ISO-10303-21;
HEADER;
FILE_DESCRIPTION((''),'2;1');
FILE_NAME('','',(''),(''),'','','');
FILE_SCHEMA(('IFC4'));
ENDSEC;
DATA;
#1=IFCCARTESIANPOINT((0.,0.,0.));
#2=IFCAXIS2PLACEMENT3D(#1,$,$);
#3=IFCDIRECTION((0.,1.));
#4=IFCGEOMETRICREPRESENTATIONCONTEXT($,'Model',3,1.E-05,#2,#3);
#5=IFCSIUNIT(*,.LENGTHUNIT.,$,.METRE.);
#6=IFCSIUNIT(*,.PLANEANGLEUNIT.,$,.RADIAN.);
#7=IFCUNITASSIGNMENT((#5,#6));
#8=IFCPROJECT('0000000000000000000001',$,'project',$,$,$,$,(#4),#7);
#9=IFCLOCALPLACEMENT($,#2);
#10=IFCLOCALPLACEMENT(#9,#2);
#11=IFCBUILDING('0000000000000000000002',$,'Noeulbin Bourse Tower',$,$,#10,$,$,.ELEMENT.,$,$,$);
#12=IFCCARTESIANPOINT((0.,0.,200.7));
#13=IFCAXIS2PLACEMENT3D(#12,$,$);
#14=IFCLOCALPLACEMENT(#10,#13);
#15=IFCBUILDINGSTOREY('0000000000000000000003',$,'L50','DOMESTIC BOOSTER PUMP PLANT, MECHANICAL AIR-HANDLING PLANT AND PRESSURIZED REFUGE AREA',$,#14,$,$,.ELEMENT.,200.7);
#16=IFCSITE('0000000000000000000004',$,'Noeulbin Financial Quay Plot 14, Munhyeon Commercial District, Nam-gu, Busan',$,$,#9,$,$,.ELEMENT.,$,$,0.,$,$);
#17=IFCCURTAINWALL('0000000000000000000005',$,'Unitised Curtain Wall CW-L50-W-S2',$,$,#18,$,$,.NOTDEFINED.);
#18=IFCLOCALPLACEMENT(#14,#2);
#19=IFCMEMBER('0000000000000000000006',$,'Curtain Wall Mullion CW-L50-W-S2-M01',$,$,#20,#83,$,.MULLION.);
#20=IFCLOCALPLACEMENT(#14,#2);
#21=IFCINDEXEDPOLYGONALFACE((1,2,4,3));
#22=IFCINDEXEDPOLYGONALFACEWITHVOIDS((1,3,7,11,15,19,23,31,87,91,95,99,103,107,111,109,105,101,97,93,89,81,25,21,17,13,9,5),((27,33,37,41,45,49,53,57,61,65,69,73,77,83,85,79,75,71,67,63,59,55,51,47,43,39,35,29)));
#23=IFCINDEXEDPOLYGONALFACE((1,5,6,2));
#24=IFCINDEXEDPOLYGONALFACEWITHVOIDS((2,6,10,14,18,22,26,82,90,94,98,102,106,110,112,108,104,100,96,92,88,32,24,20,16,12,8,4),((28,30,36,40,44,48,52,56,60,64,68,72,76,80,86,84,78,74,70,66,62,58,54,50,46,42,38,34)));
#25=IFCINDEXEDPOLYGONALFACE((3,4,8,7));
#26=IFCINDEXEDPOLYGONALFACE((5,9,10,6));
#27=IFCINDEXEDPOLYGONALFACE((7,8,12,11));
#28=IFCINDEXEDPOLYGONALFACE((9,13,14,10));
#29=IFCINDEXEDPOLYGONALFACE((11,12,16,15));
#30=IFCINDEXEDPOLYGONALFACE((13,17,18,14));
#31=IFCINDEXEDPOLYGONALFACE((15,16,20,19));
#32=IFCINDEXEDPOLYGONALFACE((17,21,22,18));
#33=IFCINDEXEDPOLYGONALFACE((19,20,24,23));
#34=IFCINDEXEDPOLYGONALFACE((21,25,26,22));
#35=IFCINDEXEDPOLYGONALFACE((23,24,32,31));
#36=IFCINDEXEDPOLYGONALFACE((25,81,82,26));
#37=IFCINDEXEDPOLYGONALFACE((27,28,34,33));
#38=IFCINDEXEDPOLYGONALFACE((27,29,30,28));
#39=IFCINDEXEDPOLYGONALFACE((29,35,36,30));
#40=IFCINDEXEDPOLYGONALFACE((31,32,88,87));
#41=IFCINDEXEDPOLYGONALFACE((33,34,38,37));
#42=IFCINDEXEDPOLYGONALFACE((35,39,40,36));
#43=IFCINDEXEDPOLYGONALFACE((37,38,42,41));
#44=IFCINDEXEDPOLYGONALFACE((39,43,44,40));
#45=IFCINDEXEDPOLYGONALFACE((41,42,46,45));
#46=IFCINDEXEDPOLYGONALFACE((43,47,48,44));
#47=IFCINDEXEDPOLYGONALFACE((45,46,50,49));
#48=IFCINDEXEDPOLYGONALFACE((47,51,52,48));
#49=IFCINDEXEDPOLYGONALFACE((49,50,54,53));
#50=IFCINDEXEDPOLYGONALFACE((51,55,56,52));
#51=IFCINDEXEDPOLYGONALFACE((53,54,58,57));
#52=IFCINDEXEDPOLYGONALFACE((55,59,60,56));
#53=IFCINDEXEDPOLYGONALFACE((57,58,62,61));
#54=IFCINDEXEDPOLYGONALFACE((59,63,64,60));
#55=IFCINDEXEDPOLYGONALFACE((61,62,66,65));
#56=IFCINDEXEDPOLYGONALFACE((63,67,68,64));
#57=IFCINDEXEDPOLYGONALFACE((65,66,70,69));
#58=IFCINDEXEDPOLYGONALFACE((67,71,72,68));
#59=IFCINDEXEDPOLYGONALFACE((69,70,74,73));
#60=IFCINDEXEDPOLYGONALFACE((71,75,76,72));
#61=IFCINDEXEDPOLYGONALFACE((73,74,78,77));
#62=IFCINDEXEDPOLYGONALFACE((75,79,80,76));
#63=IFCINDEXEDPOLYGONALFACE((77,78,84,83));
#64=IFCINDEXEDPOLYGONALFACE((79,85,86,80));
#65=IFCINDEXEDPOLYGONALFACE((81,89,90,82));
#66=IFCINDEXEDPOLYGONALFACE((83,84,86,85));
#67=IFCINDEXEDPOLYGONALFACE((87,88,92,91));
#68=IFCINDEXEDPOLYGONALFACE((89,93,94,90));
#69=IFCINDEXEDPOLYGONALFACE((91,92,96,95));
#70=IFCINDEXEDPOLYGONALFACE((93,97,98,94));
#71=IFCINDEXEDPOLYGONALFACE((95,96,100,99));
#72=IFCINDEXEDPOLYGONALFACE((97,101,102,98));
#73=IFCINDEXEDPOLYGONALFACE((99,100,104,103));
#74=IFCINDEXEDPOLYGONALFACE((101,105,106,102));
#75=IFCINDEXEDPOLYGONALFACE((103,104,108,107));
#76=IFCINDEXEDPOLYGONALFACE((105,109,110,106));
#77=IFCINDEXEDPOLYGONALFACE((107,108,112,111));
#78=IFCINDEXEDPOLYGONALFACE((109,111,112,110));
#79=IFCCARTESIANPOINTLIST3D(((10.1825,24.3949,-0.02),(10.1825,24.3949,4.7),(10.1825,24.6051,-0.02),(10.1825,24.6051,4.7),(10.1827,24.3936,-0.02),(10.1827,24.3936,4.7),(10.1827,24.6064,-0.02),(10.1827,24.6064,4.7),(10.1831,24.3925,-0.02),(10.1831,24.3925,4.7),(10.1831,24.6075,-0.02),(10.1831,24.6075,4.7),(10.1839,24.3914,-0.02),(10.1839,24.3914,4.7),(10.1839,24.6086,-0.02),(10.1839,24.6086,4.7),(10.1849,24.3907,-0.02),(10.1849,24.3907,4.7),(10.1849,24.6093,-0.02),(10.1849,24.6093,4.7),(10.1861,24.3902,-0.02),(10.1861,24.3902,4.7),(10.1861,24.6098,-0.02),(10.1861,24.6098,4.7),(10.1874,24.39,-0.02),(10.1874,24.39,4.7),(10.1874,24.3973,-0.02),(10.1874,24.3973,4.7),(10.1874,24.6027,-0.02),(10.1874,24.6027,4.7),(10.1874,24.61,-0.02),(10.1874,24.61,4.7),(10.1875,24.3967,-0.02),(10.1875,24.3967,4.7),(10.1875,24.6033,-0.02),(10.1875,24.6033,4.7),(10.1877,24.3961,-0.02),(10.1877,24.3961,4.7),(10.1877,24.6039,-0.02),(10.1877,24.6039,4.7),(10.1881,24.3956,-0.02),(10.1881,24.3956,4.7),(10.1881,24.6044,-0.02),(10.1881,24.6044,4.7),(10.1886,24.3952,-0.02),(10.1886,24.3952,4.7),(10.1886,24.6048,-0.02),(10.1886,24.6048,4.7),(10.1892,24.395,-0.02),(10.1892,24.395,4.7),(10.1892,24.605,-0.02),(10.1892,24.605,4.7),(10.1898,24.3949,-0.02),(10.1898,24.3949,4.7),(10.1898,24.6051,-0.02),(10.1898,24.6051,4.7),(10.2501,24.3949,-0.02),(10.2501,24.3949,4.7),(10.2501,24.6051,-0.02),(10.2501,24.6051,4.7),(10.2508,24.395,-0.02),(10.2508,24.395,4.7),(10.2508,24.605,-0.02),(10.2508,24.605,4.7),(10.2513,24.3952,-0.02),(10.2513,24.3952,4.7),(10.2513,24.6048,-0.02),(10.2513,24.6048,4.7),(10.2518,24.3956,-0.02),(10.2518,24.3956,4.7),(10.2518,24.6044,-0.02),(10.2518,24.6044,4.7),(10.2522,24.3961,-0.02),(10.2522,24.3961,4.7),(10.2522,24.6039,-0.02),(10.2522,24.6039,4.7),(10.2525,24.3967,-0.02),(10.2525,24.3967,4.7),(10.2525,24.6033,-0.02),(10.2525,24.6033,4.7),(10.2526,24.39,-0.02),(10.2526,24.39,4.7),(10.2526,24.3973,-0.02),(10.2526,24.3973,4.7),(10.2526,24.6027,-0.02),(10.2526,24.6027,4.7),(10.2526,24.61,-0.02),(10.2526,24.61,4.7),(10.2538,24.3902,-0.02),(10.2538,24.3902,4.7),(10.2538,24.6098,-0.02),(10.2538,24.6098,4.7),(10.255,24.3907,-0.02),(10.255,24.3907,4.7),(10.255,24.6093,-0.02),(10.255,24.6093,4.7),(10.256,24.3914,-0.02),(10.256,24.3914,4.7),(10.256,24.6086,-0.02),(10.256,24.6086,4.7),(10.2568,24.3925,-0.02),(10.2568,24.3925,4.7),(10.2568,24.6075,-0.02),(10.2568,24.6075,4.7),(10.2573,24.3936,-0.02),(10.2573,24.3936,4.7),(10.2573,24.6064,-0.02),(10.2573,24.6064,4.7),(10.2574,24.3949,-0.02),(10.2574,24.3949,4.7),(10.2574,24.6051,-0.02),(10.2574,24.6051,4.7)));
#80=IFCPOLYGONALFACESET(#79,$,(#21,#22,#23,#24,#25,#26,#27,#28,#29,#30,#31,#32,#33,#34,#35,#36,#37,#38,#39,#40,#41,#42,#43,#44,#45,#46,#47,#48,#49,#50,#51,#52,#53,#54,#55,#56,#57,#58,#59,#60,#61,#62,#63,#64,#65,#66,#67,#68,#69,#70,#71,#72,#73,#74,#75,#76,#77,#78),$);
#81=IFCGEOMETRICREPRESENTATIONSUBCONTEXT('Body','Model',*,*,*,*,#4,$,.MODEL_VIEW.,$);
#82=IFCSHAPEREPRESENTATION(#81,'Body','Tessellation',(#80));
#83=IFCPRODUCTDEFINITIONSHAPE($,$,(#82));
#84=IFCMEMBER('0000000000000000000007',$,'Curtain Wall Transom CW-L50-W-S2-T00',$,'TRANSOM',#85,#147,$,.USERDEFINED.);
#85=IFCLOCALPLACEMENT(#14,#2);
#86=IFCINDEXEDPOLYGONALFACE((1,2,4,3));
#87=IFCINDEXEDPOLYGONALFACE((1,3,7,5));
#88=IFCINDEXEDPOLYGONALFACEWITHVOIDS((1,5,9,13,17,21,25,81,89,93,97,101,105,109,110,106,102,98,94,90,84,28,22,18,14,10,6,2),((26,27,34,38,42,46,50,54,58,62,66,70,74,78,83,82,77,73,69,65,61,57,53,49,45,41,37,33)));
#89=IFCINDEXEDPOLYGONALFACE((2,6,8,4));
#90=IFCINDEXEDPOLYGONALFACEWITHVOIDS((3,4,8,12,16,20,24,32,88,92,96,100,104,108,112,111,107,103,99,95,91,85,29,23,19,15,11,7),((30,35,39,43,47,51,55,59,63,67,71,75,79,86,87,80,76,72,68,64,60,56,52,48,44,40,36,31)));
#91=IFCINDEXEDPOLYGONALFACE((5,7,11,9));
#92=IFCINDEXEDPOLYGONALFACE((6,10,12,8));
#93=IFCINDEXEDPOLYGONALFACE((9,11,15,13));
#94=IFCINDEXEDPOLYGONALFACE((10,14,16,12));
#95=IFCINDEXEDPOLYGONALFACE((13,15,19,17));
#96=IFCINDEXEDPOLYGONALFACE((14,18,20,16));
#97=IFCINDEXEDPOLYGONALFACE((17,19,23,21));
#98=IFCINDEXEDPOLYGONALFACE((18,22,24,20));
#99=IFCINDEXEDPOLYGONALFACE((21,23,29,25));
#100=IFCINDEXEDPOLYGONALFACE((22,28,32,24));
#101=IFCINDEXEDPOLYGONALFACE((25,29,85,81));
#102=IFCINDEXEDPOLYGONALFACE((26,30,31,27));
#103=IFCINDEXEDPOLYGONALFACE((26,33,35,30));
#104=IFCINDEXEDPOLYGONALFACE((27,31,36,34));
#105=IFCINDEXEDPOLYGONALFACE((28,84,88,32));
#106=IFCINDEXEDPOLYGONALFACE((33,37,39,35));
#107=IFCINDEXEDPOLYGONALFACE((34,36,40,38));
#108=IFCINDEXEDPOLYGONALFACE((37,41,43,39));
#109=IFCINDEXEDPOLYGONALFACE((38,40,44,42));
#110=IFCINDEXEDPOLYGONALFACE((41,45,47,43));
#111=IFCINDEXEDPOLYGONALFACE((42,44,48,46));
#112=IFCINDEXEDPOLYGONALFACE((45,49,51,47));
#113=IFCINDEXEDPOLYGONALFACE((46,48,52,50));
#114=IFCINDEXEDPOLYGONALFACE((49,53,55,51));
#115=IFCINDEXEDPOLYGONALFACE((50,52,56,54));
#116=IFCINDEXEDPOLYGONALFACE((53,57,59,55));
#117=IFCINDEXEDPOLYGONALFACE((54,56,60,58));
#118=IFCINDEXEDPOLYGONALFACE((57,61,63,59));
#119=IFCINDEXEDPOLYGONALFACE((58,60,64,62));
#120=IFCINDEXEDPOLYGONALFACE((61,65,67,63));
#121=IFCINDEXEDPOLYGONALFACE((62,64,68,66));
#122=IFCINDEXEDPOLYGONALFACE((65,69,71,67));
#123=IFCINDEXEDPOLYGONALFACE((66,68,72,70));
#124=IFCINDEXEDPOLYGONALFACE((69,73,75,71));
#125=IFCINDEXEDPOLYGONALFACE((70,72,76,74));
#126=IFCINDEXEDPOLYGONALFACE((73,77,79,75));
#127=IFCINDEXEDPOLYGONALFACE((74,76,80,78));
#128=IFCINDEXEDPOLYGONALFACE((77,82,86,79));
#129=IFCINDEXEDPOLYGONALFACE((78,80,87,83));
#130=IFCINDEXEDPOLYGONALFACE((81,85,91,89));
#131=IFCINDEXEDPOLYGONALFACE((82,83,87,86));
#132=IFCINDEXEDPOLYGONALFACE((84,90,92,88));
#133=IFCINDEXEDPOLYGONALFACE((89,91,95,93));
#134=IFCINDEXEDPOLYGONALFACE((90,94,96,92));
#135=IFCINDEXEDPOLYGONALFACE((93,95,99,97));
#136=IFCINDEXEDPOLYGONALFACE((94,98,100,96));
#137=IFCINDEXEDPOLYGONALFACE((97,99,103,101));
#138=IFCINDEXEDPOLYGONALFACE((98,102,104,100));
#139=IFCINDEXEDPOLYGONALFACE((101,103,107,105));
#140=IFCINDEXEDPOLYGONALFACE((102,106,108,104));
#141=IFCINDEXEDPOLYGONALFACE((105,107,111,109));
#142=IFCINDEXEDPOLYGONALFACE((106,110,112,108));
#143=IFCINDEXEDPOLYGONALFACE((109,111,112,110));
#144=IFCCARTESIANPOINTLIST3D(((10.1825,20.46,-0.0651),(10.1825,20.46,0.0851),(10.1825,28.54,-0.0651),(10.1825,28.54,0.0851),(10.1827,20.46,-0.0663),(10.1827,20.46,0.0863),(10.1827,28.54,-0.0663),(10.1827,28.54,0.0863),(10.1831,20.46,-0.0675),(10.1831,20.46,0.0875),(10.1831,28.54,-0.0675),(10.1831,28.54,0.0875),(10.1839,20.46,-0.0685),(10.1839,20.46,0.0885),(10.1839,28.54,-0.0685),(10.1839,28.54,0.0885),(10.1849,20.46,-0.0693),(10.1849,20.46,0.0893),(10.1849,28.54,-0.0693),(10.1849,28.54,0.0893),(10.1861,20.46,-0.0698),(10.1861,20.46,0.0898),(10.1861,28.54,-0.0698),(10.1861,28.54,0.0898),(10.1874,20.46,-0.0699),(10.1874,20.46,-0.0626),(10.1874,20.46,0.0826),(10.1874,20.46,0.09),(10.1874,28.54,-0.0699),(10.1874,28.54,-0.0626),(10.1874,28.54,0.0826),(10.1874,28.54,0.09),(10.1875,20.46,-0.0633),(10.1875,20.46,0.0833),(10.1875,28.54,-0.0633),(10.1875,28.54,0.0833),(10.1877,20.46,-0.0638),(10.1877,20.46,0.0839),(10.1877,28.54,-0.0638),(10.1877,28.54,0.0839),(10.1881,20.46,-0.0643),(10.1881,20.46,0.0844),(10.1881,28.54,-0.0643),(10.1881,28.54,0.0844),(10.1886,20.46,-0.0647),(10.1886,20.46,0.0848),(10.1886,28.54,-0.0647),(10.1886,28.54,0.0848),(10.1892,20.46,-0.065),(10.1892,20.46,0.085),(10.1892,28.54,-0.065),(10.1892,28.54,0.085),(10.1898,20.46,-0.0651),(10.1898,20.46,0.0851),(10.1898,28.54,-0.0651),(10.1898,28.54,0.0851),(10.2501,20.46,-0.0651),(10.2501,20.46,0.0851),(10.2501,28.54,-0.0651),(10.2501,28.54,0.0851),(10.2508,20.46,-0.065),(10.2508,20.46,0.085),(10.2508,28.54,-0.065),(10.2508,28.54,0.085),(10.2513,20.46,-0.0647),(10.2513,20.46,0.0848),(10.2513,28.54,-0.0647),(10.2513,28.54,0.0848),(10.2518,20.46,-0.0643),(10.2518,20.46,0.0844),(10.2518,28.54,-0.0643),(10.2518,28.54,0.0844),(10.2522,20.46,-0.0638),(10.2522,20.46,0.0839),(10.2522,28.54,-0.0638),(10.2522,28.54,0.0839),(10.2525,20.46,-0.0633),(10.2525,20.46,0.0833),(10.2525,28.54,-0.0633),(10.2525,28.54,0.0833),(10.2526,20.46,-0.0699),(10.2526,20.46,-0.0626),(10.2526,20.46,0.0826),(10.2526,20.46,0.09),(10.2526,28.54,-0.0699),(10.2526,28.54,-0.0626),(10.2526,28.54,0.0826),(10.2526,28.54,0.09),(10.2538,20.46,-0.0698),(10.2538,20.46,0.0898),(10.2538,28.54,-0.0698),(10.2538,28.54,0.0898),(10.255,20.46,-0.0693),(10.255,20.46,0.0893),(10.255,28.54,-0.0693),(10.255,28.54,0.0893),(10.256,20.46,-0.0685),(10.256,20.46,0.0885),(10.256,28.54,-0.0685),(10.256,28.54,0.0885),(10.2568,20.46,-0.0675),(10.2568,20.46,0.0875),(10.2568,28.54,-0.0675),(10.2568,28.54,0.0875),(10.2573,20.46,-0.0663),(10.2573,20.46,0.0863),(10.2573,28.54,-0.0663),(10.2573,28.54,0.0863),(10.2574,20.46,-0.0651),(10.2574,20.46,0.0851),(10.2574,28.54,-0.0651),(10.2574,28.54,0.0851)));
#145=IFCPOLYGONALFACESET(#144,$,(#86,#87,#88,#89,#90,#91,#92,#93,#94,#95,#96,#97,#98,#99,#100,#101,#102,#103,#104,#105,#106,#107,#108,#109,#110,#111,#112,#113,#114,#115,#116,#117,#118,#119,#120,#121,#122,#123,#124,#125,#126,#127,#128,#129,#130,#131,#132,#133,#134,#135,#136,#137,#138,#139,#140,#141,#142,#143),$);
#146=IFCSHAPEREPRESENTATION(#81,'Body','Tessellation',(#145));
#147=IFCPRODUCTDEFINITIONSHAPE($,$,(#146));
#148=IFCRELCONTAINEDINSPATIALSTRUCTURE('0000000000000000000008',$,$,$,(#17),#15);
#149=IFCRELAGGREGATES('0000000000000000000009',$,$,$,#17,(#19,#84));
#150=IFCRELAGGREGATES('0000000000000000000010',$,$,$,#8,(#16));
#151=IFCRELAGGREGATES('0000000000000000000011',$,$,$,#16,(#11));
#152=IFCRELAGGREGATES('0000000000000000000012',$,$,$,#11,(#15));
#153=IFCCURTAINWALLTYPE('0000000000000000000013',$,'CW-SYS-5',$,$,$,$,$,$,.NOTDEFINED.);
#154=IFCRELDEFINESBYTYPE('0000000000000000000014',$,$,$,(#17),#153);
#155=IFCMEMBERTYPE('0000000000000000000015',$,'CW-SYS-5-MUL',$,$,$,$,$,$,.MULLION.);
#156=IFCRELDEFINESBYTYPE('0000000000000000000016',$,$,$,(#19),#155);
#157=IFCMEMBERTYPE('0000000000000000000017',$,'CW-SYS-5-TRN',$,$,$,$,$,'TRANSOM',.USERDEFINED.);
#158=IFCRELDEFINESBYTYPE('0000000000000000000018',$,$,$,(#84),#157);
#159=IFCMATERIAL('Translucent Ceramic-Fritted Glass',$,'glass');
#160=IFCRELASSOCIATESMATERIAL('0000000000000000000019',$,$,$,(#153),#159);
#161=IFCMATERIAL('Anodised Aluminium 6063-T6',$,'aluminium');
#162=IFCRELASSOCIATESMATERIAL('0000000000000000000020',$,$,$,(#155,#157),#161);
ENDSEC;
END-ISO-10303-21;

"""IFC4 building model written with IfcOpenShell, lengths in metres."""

from ifc_helpers import new_model, si_unit, direction, frame, origin, origin_2d, place, context, subcontext, project, spatial, hollow_rectangle, extrude, material, material_profile, profile_set, type_object, element, aggregate, save


model = new_model("IFC4")

# Units and contexts
model_context = context("Model", 3, precision=1e-05, world=origin(), true_north=direction((0.0, 1.0)))
body_context = subcontext(model_context, "Body", "Model", "MODEL_VIEW")
ifc_project = project(units=[si_unit("LENGTHUNIT", "METRE"), si_unit("PLANEANGLEUNIT", "RADIAN")], contexts=[model_context])

# Site, building, storey
site_placement = place(None, origin())
site = spatial("IfcSite", under=ifc_project, at=site_placement, Name="Noeulbin Financial Quay Plot 14, Munhyeon Commercial District, Nam-gu, Busan", CompositionType="ELEMENT", RefElevation=0.0)
building_placement = place(site_placement, origin())
building = spatial("IfcBuilding", under=site, at=building_placement, Name="Noeulbin Bourse Tower", CompositionType="ELEMENT")
storey_placement = place(building_placement, frame((0.0, 0.0, 200.7)))
storey = spatial("IfcBuildingStorey", under=building, at=storey_placement, Name="L50", Description="DOMESTIC BOOSTER PUMP PLANT, MECHANICAL AIR-HANDLING PLANT AND PRESSURIZED REFUGE AREA", CompositionType="ELEMENT", Elevation=200.7)

# Curtain wall, members
ifc_material_1 = material(Name="Translucent Ceramic-Fritted Glass", Category="glass")
curtain_wall_type = type_object("IfcCurtainWallType", Name="CW-SYS-5", PredefinedType="NOTDEFINED", material=ifc_material_1)
curtain_wall_placement = place(storey_placement, origin())
curtain_wall = element("IfcCurtainWall", 1, at=curtain_wall_placement, inside=storey, type_object=curtain_wall_type, Name="Unitised Curtain Wall CW-L50-W-S2", PredefinedType="NOTDEFINED")
ifc_material_2 = material(Name="Anodised Aluminium 6063-T6", Category="aluminium")
ifc_material_profile_1 = material_profile(ifc_material_2, hollow_rectangle(XDim=0.075, YDim=0.22, WallThickness=0.0049, InnerFilletRadius=0.0024, OuterFilletRadius=0.0049, at=origin_2d()), Name="ALU-MULL-75x220x5", Category="LoadBearing")
ifc_profile_set_1 = profile_set([ifc_material_profile_1], Name="Anodised Aluminium 6063-T6")
member_type_1 = type_object("IfcMemberType", Name="CW-SYS-5-MUL", PredefinedType="MULLION", material=ifc_profile_set_1)
member_1_placement = place(storey_placement, frame((10.22, 24.5, -0.02), z_axis=(0.0, 0.0, 1.0), x_axis=(1.0, 0.0, 0.0)))
member_1 = element("IfcMember", 2, at=member_1_placement, type_object=member_type_1, Name="Curtain Wall Mullion CW-L50-W-S2-M01", PredefinedType="MULLION", context=body_context, shape_type="SweptSolid", body=[
    extrude(hollow_rectangle(XDim=0.075, YDim=0.22, WallThickness=0.0049, InnerFilletRadius=0.0024, OuterFilletRadius=0.0049, at=origin_2d()), origin(), (0.0, 0.0, 1.0), 4.72),
])
ifc_material_profile_2 = material_profile(ifc_material_2, hollow_rectangle(XDim=0.075, YDim=0.1599, WallThickness=0.0049, InnerFilletRadius=0.0024, OuterFilletRadius=0.0049, at=origin_2d()), Name="ALU-TRAN-75x160x5", Category="LoadBearing")
ifc_profile_set_2 = profile_set([ifc_material_profile_2], Name="Anodised Aluminium 6063-T6")
member_type_2 = type_object("IfcMemberType", Name="CW-SYS-5-TRN", ElementType="TRANSOM", PredefinedType="USERDEFINED", material=ifc_profile_set_2)
member_2_placement = place(storey_placement, frame((10.22, 20.46, 0.01), z_axis=(0.0, 1.0, 0.0), x_axis=(-1.0, 0.0, 0.0)))
member_2 = element("IfcMember", 3, at=member_2_placement, type_object=member_type_2, Name="Curtain Wall Transom CW-L50-W-S2-T00", ObjectType="TRANSOM", PredefinedType="USERDEFINED", context=body_context, shape_type="SweptSolid", body=[
    extrude(hollow_rectangle(XDim=0.075, YDim=0.1599, WallThickness=0.0049, InnerFilletRadius=0.0024, OuterFilletRadius=0.0049, at=origin_2d()), origin(), (0.0, 0.0, 1.0), 8.0801),
])
aggregate(curtain_wall, [member_1, member_2])

save(model, "model.ifc")
